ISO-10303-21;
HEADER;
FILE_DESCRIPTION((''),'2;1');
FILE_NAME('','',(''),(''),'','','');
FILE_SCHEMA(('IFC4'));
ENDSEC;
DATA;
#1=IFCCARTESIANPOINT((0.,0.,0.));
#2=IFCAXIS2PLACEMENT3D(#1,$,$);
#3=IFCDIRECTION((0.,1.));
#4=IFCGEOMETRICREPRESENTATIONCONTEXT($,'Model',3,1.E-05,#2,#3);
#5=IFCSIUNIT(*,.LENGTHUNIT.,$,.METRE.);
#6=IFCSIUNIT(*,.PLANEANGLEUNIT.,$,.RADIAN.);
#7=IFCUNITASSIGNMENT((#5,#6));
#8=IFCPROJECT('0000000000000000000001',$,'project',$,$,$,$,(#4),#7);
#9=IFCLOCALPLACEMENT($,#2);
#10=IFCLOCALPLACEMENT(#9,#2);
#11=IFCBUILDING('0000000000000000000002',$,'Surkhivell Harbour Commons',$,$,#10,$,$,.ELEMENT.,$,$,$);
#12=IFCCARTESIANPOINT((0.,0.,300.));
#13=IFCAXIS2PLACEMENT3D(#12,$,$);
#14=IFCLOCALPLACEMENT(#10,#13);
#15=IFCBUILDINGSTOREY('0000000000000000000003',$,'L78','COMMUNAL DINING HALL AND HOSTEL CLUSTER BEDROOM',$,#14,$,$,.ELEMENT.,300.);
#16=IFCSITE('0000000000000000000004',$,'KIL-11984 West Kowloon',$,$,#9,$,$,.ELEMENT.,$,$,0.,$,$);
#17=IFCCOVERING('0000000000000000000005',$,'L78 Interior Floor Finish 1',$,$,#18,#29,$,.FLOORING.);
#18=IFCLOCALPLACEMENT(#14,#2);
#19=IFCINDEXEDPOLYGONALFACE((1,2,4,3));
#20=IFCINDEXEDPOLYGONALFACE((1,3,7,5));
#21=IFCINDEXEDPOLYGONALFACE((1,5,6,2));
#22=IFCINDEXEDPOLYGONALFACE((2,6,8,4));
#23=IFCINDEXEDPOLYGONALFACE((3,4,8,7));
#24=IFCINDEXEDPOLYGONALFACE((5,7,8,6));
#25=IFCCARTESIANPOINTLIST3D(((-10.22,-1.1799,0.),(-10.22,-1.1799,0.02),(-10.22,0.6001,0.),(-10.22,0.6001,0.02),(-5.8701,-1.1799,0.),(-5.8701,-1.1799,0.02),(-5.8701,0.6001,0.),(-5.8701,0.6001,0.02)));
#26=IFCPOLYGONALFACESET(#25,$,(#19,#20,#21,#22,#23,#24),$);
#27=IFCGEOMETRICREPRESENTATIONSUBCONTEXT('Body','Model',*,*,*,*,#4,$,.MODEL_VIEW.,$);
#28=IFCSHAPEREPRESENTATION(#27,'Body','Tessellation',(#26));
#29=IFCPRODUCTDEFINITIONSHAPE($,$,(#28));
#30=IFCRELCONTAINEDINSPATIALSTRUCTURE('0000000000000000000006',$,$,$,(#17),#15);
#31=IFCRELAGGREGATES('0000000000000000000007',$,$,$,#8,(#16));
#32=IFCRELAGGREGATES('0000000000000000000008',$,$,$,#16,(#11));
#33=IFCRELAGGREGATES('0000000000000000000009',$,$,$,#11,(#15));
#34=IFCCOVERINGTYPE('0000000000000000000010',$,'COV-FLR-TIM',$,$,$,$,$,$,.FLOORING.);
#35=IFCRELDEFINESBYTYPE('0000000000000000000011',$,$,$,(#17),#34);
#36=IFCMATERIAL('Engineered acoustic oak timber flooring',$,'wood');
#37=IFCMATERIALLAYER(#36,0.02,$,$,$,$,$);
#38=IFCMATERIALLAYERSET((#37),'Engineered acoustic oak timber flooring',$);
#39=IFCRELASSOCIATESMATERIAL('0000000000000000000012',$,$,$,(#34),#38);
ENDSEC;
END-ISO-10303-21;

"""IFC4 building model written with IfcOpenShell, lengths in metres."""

from ifc_helpers import new_model, si_unit, direction, frame, origin, place, context, subcontext, project, spatial, polyline, outline, extrude, material, layer, layer_set, type_object, element, save


model = new_model("IFC4")

# Units and contexts
model_context = context("Model", 3, precision=1e-05, world=origin(), true_north=direction((0.0, 1.0)))
body_context = subcontext(model_context, "Body", "Model", "MODEL_VIEW")
ifc_project = project(units=[si_unit("LENGTHUNIT", "METRE"), si_unit("PLANEANGLEUNIT", "RADIAN")], contexts=[model_context])

# Site, building, storey
site_placement = place(None, origin())
site = spatial("IfcSite", under=ifc_project, at=site_placement, Name="KIL-11984 West Kowloon", CompositionType="ELEMENT", RefElevation=0.0)
building_placement = place(site_placement, origin())
building = spatial("IfcBuilding", under=site, at=building_placement, Name="Surkhivell Harbour Commons", CompositionType="ELEMENT")
storey_placement = place(building_placement, frame((0.0, 0.0, 300.0)))
storey = spatial("IfcBuildingStorey", under=building, at=storey_placement, Name="L78", Description="COMMUNAL DINING HALL AND HOSTEL CLUSTER BEDROOM", CompositionType="ELEMENT", Elevation=300.0)

# Covering
ifc_material_1 = material(Name="Engineered acoustic oak timber flooring", Category="wood")
ifc_layer_1 = layer(ifc_material_1, 0.02)
ifc_layer_set_1 = layer_set([ifc_layer_1], Name="Engineered acoustic oak timber flooring")
covering_type_1 = type_object("IfcCoveringType", Name="COV-FLR-TIM", PredefinedType="FLOORING", material=ifc_layer_set_1)
covering_1_placement = place(storey_placement, origin())
element("IfcCovering", 1, at=covering_1_placement, inside=storey, type_object=covering_type_1, Name="L78 Interior Floor Finish 1", PredefinedType="FLOORING", context=body_context, shape_type="SweptSolid", body=[
    extrude(outline(polyline([(-10.22, -1.1799), (-5.8701, -1.1799), (-5.8701, 0.6001), (-10.22, 0.6001), (-10.22, -1.1799)])), origin(), (0.0, 0.0, 1.0), 0.02),
])

save(model, "model.ifc")
